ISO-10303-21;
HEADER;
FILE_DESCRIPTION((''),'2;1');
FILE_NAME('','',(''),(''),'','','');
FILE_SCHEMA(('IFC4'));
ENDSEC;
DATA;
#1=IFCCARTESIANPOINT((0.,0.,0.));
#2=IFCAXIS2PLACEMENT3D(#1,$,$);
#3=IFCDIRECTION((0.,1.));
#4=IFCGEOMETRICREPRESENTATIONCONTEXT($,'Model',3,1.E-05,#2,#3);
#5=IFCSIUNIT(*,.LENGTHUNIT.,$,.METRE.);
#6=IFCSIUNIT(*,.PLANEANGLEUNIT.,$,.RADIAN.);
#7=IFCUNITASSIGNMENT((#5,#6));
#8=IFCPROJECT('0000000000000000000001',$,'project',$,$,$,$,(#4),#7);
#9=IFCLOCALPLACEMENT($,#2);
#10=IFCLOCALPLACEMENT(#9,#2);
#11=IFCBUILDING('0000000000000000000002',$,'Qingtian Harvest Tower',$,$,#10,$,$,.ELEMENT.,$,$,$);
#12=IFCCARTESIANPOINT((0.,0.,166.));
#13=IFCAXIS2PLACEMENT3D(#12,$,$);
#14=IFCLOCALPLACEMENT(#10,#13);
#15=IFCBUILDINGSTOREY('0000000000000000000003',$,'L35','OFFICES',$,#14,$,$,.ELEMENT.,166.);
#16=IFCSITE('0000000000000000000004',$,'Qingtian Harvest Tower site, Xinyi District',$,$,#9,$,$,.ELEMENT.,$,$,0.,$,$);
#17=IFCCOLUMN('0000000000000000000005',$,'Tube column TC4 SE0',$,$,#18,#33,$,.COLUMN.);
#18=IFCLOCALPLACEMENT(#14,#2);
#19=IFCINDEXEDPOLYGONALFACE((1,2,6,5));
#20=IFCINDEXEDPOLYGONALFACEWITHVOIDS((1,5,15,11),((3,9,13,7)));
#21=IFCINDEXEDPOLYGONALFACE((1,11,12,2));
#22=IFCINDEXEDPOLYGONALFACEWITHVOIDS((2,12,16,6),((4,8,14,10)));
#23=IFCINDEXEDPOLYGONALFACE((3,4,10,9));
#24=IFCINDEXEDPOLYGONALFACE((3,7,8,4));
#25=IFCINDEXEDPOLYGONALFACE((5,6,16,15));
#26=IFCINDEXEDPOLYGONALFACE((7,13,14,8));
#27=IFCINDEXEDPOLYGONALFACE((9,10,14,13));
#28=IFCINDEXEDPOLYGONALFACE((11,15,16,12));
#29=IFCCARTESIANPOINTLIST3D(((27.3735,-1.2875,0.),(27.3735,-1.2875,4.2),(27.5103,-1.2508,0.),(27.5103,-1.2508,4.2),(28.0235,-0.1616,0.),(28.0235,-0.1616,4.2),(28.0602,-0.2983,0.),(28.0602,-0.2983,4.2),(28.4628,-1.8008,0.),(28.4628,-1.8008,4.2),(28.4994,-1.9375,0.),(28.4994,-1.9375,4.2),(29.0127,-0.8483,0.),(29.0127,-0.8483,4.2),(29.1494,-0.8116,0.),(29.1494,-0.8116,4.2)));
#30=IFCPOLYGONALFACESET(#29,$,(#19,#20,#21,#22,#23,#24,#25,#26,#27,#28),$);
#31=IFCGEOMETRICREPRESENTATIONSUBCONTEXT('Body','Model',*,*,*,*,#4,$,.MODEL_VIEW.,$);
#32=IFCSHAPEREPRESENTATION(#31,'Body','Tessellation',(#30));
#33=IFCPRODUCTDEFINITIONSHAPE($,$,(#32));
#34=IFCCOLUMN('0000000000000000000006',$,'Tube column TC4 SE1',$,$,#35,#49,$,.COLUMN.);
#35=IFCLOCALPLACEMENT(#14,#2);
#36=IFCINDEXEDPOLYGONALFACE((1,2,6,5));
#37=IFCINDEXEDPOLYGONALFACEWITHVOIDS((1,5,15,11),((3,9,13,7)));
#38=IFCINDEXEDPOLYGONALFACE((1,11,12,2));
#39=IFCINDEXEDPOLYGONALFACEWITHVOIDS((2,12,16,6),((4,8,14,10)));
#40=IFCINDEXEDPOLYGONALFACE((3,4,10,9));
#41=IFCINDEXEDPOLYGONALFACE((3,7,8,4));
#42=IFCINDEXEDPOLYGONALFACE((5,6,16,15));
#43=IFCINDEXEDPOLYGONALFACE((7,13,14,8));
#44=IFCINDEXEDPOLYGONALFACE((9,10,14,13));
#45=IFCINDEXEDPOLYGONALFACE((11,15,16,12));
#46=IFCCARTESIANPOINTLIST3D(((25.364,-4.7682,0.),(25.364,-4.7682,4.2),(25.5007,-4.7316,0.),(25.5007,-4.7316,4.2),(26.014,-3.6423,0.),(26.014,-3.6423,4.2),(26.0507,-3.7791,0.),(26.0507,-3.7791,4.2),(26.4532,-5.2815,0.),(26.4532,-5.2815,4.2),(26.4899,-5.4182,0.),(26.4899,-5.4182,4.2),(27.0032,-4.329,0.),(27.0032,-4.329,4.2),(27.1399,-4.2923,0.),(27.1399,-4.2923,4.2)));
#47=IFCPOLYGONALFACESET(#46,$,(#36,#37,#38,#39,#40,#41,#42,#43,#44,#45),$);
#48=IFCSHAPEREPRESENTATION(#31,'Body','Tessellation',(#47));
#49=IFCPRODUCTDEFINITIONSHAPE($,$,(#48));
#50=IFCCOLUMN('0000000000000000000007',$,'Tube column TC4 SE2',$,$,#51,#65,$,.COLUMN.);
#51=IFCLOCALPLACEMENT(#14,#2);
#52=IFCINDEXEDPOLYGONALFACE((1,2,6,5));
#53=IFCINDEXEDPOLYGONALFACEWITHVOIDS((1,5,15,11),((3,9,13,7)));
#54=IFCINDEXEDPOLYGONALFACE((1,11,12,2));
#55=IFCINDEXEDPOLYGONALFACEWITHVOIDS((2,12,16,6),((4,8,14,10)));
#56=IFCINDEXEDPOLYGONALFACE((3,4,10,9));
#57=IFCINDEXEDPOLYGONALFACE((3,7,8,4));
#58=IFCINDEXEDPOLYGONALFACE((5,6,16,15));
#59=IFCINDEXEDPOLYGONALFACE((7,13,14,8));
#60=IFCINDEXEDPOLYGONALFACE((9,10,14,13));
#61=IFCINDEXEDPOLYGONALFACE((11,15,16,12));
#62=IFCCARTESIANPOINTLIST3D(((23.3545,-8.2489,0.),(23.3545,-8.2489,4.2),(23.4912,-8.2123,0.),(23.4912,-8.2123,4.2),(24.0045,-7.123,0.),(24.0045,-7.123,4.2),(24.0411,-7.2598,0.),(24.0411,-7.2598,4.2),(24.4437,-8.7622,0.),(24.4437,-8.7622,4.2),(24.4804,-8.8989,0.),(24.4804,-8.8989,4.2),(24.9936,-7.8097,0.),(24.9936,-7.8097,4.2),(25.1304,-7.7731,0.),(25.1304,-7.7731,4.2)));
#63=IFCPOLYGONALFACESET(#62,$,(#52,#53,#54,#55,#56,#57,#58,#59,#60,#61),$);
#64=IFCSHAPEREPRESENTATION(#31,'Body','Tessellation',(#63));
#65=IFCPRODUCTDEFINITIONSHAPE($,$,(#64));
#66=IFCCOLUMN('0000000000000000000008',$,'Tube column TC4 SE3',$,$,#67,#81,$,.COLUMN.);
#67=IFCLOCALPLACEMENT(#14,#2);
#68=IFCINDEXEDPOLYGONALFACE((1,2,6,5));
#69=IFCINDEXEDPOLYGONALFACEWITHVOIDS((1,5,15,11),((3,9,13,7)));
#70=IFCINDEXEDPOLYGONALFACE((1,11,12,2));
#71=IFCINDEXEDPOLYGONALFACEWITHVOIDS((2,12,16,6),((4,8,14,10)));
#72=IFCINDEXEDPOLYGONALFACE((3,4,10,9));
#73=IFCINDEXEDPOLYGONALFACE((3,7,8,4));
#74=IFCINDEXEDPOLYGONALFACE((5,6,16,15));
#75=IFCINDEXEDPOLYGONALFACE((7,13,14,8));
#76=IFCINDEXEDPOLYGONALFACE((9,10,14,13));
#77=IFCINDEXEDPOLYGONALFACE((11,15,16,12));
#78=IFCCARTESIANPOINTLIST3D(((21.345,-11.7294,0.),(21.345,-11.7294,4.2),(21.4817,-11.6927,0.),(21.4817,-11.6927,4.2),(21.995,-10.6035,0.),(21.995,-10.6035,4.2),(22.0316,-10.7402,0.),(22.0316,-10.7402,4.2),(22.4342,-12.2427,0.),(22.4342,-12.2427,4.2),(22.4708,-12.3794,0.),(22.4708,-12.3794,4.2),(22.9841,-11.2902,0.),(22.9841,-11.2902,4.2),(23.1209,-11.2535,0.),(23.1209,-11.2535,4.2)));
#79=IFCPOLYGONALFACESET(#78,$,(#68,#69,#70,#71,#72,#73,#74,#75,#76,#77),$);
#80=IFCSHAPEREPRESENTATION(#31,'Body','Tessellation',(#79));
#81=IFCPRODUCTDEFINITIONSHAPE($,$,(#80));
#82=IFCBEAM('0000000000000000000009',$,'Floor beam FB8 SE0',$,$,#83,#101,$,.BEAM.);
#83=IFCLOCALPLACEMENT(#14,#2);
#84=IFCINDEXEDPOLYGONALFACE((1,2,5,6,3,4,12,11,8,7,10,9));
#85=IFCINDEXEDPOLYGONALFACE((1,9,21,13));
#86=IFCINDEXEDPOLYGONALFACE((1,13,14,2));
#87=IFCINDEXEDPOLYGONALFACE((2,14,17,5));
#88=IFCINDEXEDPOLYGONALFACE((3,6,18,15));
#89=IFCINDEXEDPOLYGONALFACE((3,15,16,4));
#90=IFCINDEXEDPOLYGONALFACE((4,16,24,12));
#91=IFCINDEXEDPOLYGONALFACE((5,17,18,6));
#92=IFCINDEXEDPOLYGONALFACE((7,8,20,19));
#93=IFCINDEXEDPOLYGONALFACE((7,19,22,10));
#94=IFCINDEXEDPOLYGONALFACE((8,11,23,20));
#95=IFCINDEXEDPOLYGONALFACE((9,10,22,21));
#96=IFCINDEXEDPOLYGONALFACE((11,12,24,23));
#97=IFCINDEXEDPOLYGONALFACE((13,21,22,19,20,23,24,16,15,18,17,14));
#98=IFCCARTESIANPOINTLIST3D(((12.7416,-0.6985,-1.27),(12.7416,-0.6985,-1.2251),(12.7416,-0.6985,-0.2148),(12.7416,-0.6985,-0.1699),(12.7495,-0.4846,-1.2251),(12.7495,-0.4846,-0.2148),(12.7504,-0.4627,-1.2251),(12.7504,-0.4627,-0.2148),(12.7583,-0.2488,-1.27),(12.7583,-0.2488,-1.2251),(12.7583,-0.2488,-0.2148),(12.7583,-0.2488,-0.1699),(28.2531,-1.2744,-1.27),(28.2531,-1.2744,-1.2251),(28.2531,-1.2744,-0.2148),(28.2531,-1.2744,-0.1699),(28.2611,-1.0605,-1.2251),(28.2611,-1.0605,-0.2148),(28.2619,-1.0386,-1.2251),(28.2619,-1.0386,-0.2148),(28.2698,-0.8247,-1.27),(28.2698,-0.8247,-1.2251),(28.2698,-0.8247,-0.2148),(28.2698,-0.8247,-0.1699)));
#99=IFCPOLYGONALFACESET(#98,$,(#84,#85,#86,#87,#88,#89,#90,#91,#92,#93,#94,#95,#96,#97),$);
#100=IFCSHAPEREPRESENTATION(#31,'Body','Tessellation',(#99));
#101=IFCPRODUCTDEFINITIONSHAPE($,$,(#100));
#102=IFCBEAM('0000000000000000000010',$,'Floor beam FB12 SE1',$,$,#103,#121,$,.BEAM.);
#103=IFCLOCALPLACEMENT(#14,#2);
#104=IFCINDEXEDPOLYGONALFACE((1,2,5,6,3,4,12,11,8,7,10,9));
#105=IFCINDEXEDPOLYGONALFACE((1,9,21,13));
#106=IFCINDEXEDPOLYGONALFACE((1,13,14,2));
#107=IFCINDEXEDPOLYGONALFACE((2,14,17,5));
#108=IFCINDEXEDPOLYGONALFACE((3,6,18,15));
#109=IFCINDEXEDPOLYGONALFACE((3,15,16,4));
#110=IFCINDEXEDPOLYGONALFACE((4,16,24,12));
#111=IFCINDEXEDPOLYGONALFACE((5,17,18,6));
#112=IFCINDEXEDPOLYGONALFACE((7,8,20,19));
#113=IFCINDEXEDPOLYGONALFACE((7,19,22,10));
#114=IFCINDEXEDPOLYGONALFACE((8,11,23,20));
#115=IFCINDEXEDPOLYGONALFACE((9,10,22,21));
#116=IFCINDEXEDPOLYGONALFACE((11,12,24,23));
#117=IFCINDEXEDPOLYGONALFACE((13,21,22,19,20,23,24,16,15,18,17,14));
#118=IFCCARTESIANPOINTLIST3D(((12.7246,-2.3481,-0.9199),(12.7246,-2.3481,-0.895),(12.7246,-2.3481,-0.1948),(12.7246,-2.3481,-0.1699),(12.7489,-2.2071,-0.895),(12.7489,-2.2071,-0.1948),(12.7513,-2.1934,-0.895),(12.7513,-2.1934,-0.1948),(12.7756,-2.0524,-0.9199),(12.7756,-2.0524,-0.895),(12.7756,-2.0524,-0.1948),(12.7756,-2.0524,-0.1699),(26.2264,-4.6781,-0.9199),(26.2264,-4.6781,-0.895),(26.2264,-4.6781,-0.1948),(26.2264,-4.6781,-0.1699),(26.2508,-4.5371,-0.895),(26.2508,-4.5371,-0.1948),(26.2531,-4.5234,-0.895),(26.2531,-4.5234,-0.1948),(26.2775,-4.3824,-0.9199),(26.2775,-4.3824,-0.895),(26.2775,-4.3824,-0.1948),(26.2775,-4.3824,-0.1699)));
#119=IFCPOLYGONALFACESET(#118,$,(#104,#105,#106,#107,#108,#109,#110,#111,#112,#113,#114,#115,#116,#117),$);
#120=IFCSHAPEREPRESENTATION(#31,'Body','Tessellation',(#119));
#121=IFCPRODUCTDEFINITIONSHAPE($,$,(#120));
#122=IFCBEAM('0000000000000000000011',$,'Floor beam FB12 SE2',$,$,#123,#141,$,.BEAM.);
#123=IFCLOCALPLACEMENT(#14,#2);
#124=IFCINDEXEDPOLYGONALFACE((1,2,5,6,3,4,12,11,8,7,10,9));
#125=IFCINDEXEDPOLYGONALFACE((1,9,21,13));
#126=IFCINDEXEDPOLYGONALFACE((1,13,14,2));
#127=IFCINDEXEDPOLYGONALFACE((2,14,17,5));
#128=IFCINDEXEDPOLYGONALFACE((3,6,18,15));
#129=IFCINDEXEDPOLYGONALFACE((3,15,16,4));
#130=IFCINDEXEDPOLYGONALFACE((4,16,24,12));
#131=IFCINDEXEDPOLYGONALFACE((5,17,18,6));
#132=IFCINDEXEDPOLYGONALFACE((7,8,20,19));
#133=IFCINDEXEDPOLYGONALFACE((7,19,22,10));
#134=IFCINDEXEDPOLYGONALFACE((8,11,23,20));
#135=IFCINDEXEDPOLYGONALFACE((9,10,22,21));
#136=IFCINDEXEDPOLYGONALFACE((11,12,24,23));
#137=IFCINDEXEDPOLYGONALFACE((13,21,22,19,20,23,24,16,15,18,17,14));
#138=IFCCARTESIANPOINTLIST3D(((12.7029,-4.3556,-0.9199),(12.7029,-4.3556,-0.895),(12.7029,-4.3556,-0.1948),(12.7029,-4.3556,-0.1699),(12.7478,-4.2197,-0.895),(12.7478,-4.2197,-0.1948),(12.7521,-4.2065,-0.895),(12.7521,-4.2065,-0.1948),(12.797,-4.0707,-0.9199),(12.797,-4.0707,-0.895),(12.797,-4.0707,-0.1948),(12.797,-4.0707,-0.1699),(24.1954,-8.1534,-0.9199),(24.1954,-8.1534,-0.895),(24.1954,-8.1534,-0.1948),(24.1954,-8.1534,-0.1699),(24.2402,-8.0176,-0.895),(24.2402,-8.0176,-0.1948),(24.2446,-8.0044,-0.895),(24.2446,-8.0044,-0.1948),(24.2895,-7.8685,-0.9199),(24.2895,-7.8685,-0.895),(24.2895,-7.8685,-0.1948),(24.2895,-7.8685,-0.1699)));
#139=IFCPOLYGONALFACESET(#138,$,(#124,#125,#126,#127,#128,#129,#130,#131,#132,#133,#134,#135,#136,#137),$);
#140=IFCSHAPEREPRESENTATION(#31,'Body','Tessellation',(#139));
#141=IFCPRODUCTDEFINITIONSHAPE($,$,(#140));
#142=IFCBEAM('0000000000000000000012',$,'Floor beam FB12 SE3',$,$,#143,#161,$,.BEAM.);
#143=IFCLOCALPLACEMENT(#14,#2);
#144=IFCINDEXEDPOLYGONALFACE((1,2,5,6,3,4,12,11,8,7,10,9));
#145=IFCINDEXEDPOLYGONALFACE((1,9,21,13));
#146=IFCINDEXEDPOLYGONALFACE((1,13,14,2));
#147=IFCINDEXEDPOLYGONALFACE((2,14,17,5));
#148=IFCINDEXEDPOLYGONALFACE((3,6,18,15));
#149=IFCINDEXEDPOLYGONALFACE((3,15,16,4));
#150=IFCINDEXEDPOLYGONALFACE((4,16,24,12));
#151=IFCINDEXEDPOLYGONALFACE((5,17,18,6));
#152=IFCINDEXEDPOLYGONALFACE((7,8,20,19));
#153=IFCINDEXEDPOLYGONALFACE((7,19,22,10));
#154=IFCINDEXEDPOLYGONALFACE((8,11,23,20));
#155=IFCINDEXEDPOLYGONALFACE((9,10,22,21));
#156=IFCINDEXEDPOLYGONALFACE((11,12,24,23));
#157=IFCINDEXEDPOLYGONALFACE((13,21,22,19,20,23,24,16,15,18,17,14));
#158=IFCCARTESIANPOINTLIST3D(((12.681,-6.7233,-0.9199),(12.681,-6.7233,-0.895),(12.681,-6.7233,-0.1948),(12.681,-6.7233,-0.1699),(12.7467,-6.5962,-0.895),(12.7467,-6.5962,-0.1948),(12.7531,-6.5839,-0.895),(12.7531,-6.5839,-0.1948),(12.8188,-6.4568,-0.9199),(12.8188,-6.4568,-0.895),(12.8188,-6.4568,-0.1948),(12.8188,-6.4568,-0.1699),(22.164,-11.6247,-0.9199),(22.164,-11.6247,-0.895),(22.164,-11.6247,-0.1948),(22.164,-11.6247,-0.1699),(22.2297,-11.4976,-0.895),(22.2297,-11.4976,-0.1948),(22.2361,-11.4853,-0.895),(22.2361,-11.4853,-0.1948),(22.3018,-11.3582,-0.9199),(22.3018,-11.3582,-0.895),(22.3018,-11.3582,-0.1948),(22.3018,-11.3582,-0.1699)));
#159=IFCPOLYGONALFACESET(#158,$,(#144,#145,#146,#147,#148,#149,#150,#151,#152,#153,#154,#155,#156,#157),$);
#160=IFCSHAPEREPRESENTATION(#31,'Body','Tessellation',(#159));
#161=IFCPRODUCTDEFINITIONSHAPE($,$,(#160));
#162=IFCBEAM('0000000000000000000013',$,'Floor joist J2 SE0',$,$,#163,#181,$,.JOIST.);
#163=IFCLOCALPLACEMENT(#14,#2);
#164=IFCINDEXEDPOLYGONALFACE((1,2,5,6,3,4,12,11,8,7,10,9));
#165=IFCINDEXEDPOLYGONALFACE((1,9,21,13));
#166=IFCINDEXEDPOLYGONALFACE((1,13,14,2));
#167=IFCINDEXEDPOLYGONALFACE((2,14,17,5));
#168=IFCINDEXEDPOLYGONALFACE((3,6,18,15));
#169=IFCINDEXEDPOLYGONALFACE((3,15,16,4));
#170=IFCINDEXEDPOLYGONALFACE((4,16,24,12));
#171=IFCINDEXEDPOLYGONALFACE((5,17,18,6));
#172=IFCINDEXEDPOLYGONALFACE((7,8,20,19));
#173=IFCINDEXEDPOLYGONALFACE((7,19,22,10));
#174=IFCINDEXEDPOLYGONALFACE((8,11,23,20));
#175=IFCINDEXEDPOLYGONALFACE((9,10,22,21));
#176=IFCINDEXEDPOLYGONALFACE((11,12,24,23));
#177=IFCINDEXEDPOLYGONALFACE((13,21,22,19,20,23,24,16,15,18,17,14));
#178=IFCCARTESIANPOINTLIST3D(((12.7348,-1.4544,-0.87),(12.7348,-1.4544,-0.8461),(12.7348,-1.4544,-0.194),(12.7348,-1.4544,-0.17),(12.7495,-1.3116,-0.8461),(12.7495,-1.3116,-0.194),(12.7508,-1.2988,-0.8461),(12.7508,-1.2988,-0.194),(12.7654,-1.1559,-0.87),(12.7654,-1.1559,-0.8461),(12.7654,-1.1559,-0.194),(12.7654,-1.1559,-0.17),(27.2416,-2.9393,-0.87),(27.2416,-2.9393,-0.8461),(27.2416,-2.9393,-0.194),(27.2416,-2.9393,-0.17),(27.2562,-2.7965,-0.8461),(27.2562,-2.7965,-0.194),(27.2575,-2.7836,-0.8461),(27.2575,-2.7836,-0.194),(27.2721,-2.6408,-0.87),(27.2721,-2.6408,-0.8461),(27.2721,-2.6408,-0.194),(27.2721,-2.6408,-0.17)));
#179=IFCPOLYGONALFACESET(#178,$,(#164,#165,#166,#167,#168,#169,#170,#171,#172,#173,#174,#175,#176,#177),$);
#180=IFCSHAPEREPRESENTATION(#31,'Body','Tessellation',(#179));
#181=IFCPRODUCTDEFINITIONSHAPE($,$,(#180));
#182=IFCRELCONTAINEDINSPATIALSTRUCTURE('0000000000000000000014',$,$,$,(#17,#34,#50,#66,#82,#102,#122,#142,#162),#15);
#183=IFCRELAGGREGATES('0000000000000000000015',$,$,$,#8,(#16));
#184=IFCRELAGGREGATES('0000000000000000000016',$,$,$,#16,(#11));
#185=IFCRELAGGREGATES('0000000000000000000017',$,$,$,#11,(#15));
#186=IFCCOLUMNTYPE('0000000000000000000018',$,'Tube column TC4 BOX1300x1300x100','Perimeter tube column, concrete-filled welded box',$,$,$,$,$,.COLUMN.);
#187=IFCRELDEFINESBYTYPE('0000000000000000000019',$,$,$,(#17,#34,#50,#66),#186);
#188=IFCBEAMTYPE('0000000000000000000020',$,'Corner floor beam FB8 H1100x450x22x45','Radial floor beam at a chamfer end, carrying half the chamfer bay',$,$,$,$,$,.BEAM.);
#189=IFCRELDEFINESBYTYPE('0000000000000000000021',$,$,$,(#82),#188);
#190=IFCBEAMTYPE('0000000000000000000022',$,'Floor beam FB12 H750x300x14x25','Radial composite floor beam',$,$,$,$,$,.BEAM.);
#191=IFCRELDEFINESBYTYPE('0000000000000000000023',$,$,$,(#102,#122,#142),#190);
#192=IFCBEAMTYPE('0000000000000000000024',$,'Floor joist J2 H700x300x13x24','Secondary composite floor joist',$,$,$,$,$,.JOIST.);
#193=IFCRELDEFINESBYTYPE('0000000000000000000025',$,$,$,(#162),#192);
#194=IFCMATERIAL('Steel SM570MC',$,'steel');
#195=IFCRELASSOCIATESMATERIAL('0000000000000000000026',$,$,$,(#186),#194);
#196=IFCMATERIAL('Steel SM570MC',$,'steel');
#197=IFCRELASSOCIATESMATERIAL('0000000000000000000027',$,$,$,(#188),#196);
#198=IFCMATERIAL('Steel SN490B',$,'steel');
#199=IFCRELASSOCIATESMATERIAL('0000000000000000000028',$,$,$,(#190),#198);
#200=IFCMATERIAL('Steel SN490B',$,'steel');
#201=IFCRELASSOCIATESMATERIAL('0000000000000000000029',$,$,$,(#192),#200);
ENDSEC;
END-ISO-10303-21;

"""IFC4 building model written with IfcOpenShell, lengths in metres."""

from ifc_helpers import new_model, si_unit, direction, frame, origin, origin_2d, place, context, subcontext, project, spatial, hollow_rectangle, i_section, extrude, material, material_profile, profile_set, type_object, element, save


model = new_model("IFC4")

# Units and contexts
model_context = context("Model", 3, precision=1e-05, world=origin(), true_north=direction((0.0, 1.0)))
body_context = subcontext(model_context, "Body", "Model", "MODEL_VIEW")
ifc_project = project(units=[si_unit("LENGTHUNIT", "METRE"), si_unit("PLANEANGLEUNIT", "RADIAN")], contexts=[model_context])

# Site, building, storey
site_placement = place(None, origin())
site = spatial("IfcSite", under=ifc_project, at=site_placement, Name="Qingtian Harvest Tower site, Xinyi District", CompositionType="ELEMENT", RefElevation=0.0)
building_placement = place(site_placement, origin())
building = spatial("IfcBuilding", under=site, at=building_placement, Name="Qingtian Harvest Tower", CompositionType="ELEMENT")
storey_placement = place(building_placement, frame((0.0, 0.0, 166.0)))
storey = spatial("IfcBuildingStorey", under=building, at=storey_placement, Name="L35", Description="OFFICES", CompositionType="ELEMENT", Elevation=166.0)

# Columns
ifc_material_1 = material(Name="Steel SM570MC", Category="steel")
ifc_material_profile_1 = material_profile(ifc_material_1, hollow_rectangle(XDim=1.3, YDim=1.3, WallThickness=0.1001, at=origin_2d()), Name="BOX1300x1300x100")
ifc_profile_set_1 = profile_set([ifc_material_profile_1], Name="Steel SM570MC")
column_type = type_object("IfcColumnType", Name="Tube column TC4 BOX1300x1300x100", Description="Perimeter tube column, concrete-filled welded box", PredefinedType="COLUMN", material=ifc_profile_set_1)
for number, where, z_axis, x_axis, name in (
    (1, (28.2615, -1.0496, 0.0), (0.0, 0.0, 1.0), (0.5, 0.866025, 0.0), "Tube column TC4 SE0"),
    (2, (26.252, -4.5303, 0.0), (0.0, 0.0, 1.0), (0.5, 0.866025, 0.0), "Tube column TC4 SE1"),
    (3, (24.2424, -8.011, 0.0), (0.0, 0.0, 1.0), (0.5, 0.866025, 0.0), "Tube column TC4 SE2"),
    (4, (22.2329, -11.4915, 0.0), (0.0, 0.0, 1.0), (0.5, 0.866025, 0.0), "Tube column TC4 SE3"),
):
    element("IfcColumn", number, at=place(storey_placement, frame(where, z_axis=z_axis, x_axis=x_axis)), inside=storey, type_object=column_type, Name=name, PredefinedType="COLUMN", context=body_context, shape_type="SweptSolid", body=[
        extrude(hollow_rectangle(XDim=1.3, YDim=1.3, WallThickness=0.1001, at=origin_2d()), origin(), (0.0, 0.0, 1.0), 4.2),
    ])

# Beams
ifc_material_2 = material(Name="Steel SM570MC", Category="steel")
ifc_material_profile_2 = material_profile(ifc_material_2, i_section(OverallWidth=0.45, OverallDepth=1.1001, WebThickness=0.022, FlangeThickness=0.0449, at=origin_2d()), Name="H1100x450x22x45")
ifc_profile_set_2 = profile_set([ifc_material_profile_2], Name="Steel SM570MC")
beam_type_1 = type_object("IfcBeamType", Name="Corner floor beam FB8 H1100x450x22x45", Description="Radial floor beam at a chamfer end, carrying half the chamfer bay", PredefinedType="BEAM", material=ifc_profile_set_2)
beam_1_placement = place(storey_placement, frame((28.2615, -1.0496, -0.72), z_axis=(-0.999311, 0.037104, 0.0), x_axis=(-0.037104, -0.999311, 0.0)))
element("IfcBeam", 5, at=beam_1_placement, inside=storey, type_object=beam_type_1, Name="Floor beam FB8 SE0", PredefinedType="BEAM", context=body_context, shape_type="SweptSolid", body=[
    extrude(i_section(OverallWidth=0.45, OverallDepth=1.1001, WebThickness=0.022, FlangeThickness=0.0449, at=origin_2d()), origin(), (0.0, 0.0, 1.0), 15.5222),
])
ifc_material_3 = material(Name="Steel SN490B", Category="steel")
ifc_material_profile_3 = material_profile(ifc_material_3, i_section(OverallWidth=0.3, OverallDepth=0.75, WebThickness=0.0139, FlangeThickness=0.0249, at=origin_2d()), Name="H750x300x14x25")
ifc_profile_set_3 = profile_set([ifc_material_profile_3], Name="Steel SN490B")
beam_type_2 = type_object("IfcBeamType", Name="Floor beam FB12 H750x300x14x25", Description="Radial composite floor beam", PredefinedType="BEAM", material=ifc_profile_set_3)
beam_2_placement = place(storey_placement, frame((26.252, -4.5303, -0.5449), z_axis=(-0.985434, 0.17006, 0.0), x_axis=(-0.17006, -0.985434, 0.0)))
element("IfcBeam", 6, at=beam_2_placement, inside=storey, type_object=beam_type_2, Name="Floor beam FB12 SE1", PredefinedType="BEAM", context=body_context, shape_type="SweptSolid", body=[
    extrude(i_section(OverallWidth=0.3, OverallDepth=0.75, WebThickness=0.0139, FlangeThickness=0.0249, at=origin_2d()), origin(), (0.0, 0.0, 1.0), 13.7014),
])
beam_3_placement = place(storey_placement, frame((24.2424, -8.011, -0.5449), z_axis=(-0.949497, 0.313776, 0.0), x_axis=(-0.313776, -0.949497, 0.0)))
element("IfcBeam", 7, at=beam_3_placement, inside=storey, type_object=beam_type_2, Name="Floor beam FB12 SE2", PredefinedType="BEAM", context=body_context, shape_type="SweptSolid", body=[
    extrude(i_section(OverallWidth=0.3, OverallDepth=0.75, WebThickness=0.0139, FlangeThickness=0.0249, at=origin_2d()), origin(), (0.0, 0.0, 1.0), 12.1038),
])
beam_4_placement = place(storey_placement, frame((22.2329, -11.4915, -0.5449), z_axis=(-0.888355, 0.459158, 0.0), x_axis=(-0.459158, -0.888355, 0.0)))
element("IfcBeam", 8, at=beam_4_placement, inside=storey, type_object=beam_type_2, Name="Floor beam FB12 SE3", PredefinedType="BEAM", context=body_context, shape_type="SweptSolid", body=[
    extrude(i_section(OverallWidth=0.3, OverallDepth=0.75, WebThickness=0.0139, FlangeThickness=0.0249, at=origin_2d()), origin(), (0.0, 0.0, 1.0), 10.6748),
])
ifc_material_4 = material(Name="Steel SN490B", Category="steel")
ifc_material_profile_4 = material_profile(ifc_material_4, i_section(OverallWidth=0.3, OverallDepth=0.7, WebThickness=0.0129, FlangeThickness=0.0239, at=origin_2d()), Name="H700x300x13x24")
ifc_profile_set_4 = profile_set([ifc_material_profile_4], Name="Steel SN490B")
beam_type_3 = type_object("IfcBeamType", Name="Floor joist J2 H700x300x13x24", Description="Secondary composite floor joist", PredefinedType="JOIST", material=ifc_profile_set_4)
beam_5_placement = place(storey_placement, frame((27.2568, -2.79, -0.52), z_axis=(-0.994802, 0.101824, 0.0), x_axis=(-0.101824, -0.994802, 0.0)))
element("IfcBeam", 9, at=beam_5_placement, inside=storey, type_object=beam_type_3, Name="Floor joist J2 SE0", PredefinedType="JOIST", context=body_context, shape_type="SweptSolid", body=[
    extrude(i_section(OverallWidth=0.3, OverallDepth=0.7, WebThickness=0.0129, FlangeThickness=0.0239, at=origin_2d()), origin(), (0.0, 0.0, 1.0), 14.5825),
])

save(model, "model.ifc")
